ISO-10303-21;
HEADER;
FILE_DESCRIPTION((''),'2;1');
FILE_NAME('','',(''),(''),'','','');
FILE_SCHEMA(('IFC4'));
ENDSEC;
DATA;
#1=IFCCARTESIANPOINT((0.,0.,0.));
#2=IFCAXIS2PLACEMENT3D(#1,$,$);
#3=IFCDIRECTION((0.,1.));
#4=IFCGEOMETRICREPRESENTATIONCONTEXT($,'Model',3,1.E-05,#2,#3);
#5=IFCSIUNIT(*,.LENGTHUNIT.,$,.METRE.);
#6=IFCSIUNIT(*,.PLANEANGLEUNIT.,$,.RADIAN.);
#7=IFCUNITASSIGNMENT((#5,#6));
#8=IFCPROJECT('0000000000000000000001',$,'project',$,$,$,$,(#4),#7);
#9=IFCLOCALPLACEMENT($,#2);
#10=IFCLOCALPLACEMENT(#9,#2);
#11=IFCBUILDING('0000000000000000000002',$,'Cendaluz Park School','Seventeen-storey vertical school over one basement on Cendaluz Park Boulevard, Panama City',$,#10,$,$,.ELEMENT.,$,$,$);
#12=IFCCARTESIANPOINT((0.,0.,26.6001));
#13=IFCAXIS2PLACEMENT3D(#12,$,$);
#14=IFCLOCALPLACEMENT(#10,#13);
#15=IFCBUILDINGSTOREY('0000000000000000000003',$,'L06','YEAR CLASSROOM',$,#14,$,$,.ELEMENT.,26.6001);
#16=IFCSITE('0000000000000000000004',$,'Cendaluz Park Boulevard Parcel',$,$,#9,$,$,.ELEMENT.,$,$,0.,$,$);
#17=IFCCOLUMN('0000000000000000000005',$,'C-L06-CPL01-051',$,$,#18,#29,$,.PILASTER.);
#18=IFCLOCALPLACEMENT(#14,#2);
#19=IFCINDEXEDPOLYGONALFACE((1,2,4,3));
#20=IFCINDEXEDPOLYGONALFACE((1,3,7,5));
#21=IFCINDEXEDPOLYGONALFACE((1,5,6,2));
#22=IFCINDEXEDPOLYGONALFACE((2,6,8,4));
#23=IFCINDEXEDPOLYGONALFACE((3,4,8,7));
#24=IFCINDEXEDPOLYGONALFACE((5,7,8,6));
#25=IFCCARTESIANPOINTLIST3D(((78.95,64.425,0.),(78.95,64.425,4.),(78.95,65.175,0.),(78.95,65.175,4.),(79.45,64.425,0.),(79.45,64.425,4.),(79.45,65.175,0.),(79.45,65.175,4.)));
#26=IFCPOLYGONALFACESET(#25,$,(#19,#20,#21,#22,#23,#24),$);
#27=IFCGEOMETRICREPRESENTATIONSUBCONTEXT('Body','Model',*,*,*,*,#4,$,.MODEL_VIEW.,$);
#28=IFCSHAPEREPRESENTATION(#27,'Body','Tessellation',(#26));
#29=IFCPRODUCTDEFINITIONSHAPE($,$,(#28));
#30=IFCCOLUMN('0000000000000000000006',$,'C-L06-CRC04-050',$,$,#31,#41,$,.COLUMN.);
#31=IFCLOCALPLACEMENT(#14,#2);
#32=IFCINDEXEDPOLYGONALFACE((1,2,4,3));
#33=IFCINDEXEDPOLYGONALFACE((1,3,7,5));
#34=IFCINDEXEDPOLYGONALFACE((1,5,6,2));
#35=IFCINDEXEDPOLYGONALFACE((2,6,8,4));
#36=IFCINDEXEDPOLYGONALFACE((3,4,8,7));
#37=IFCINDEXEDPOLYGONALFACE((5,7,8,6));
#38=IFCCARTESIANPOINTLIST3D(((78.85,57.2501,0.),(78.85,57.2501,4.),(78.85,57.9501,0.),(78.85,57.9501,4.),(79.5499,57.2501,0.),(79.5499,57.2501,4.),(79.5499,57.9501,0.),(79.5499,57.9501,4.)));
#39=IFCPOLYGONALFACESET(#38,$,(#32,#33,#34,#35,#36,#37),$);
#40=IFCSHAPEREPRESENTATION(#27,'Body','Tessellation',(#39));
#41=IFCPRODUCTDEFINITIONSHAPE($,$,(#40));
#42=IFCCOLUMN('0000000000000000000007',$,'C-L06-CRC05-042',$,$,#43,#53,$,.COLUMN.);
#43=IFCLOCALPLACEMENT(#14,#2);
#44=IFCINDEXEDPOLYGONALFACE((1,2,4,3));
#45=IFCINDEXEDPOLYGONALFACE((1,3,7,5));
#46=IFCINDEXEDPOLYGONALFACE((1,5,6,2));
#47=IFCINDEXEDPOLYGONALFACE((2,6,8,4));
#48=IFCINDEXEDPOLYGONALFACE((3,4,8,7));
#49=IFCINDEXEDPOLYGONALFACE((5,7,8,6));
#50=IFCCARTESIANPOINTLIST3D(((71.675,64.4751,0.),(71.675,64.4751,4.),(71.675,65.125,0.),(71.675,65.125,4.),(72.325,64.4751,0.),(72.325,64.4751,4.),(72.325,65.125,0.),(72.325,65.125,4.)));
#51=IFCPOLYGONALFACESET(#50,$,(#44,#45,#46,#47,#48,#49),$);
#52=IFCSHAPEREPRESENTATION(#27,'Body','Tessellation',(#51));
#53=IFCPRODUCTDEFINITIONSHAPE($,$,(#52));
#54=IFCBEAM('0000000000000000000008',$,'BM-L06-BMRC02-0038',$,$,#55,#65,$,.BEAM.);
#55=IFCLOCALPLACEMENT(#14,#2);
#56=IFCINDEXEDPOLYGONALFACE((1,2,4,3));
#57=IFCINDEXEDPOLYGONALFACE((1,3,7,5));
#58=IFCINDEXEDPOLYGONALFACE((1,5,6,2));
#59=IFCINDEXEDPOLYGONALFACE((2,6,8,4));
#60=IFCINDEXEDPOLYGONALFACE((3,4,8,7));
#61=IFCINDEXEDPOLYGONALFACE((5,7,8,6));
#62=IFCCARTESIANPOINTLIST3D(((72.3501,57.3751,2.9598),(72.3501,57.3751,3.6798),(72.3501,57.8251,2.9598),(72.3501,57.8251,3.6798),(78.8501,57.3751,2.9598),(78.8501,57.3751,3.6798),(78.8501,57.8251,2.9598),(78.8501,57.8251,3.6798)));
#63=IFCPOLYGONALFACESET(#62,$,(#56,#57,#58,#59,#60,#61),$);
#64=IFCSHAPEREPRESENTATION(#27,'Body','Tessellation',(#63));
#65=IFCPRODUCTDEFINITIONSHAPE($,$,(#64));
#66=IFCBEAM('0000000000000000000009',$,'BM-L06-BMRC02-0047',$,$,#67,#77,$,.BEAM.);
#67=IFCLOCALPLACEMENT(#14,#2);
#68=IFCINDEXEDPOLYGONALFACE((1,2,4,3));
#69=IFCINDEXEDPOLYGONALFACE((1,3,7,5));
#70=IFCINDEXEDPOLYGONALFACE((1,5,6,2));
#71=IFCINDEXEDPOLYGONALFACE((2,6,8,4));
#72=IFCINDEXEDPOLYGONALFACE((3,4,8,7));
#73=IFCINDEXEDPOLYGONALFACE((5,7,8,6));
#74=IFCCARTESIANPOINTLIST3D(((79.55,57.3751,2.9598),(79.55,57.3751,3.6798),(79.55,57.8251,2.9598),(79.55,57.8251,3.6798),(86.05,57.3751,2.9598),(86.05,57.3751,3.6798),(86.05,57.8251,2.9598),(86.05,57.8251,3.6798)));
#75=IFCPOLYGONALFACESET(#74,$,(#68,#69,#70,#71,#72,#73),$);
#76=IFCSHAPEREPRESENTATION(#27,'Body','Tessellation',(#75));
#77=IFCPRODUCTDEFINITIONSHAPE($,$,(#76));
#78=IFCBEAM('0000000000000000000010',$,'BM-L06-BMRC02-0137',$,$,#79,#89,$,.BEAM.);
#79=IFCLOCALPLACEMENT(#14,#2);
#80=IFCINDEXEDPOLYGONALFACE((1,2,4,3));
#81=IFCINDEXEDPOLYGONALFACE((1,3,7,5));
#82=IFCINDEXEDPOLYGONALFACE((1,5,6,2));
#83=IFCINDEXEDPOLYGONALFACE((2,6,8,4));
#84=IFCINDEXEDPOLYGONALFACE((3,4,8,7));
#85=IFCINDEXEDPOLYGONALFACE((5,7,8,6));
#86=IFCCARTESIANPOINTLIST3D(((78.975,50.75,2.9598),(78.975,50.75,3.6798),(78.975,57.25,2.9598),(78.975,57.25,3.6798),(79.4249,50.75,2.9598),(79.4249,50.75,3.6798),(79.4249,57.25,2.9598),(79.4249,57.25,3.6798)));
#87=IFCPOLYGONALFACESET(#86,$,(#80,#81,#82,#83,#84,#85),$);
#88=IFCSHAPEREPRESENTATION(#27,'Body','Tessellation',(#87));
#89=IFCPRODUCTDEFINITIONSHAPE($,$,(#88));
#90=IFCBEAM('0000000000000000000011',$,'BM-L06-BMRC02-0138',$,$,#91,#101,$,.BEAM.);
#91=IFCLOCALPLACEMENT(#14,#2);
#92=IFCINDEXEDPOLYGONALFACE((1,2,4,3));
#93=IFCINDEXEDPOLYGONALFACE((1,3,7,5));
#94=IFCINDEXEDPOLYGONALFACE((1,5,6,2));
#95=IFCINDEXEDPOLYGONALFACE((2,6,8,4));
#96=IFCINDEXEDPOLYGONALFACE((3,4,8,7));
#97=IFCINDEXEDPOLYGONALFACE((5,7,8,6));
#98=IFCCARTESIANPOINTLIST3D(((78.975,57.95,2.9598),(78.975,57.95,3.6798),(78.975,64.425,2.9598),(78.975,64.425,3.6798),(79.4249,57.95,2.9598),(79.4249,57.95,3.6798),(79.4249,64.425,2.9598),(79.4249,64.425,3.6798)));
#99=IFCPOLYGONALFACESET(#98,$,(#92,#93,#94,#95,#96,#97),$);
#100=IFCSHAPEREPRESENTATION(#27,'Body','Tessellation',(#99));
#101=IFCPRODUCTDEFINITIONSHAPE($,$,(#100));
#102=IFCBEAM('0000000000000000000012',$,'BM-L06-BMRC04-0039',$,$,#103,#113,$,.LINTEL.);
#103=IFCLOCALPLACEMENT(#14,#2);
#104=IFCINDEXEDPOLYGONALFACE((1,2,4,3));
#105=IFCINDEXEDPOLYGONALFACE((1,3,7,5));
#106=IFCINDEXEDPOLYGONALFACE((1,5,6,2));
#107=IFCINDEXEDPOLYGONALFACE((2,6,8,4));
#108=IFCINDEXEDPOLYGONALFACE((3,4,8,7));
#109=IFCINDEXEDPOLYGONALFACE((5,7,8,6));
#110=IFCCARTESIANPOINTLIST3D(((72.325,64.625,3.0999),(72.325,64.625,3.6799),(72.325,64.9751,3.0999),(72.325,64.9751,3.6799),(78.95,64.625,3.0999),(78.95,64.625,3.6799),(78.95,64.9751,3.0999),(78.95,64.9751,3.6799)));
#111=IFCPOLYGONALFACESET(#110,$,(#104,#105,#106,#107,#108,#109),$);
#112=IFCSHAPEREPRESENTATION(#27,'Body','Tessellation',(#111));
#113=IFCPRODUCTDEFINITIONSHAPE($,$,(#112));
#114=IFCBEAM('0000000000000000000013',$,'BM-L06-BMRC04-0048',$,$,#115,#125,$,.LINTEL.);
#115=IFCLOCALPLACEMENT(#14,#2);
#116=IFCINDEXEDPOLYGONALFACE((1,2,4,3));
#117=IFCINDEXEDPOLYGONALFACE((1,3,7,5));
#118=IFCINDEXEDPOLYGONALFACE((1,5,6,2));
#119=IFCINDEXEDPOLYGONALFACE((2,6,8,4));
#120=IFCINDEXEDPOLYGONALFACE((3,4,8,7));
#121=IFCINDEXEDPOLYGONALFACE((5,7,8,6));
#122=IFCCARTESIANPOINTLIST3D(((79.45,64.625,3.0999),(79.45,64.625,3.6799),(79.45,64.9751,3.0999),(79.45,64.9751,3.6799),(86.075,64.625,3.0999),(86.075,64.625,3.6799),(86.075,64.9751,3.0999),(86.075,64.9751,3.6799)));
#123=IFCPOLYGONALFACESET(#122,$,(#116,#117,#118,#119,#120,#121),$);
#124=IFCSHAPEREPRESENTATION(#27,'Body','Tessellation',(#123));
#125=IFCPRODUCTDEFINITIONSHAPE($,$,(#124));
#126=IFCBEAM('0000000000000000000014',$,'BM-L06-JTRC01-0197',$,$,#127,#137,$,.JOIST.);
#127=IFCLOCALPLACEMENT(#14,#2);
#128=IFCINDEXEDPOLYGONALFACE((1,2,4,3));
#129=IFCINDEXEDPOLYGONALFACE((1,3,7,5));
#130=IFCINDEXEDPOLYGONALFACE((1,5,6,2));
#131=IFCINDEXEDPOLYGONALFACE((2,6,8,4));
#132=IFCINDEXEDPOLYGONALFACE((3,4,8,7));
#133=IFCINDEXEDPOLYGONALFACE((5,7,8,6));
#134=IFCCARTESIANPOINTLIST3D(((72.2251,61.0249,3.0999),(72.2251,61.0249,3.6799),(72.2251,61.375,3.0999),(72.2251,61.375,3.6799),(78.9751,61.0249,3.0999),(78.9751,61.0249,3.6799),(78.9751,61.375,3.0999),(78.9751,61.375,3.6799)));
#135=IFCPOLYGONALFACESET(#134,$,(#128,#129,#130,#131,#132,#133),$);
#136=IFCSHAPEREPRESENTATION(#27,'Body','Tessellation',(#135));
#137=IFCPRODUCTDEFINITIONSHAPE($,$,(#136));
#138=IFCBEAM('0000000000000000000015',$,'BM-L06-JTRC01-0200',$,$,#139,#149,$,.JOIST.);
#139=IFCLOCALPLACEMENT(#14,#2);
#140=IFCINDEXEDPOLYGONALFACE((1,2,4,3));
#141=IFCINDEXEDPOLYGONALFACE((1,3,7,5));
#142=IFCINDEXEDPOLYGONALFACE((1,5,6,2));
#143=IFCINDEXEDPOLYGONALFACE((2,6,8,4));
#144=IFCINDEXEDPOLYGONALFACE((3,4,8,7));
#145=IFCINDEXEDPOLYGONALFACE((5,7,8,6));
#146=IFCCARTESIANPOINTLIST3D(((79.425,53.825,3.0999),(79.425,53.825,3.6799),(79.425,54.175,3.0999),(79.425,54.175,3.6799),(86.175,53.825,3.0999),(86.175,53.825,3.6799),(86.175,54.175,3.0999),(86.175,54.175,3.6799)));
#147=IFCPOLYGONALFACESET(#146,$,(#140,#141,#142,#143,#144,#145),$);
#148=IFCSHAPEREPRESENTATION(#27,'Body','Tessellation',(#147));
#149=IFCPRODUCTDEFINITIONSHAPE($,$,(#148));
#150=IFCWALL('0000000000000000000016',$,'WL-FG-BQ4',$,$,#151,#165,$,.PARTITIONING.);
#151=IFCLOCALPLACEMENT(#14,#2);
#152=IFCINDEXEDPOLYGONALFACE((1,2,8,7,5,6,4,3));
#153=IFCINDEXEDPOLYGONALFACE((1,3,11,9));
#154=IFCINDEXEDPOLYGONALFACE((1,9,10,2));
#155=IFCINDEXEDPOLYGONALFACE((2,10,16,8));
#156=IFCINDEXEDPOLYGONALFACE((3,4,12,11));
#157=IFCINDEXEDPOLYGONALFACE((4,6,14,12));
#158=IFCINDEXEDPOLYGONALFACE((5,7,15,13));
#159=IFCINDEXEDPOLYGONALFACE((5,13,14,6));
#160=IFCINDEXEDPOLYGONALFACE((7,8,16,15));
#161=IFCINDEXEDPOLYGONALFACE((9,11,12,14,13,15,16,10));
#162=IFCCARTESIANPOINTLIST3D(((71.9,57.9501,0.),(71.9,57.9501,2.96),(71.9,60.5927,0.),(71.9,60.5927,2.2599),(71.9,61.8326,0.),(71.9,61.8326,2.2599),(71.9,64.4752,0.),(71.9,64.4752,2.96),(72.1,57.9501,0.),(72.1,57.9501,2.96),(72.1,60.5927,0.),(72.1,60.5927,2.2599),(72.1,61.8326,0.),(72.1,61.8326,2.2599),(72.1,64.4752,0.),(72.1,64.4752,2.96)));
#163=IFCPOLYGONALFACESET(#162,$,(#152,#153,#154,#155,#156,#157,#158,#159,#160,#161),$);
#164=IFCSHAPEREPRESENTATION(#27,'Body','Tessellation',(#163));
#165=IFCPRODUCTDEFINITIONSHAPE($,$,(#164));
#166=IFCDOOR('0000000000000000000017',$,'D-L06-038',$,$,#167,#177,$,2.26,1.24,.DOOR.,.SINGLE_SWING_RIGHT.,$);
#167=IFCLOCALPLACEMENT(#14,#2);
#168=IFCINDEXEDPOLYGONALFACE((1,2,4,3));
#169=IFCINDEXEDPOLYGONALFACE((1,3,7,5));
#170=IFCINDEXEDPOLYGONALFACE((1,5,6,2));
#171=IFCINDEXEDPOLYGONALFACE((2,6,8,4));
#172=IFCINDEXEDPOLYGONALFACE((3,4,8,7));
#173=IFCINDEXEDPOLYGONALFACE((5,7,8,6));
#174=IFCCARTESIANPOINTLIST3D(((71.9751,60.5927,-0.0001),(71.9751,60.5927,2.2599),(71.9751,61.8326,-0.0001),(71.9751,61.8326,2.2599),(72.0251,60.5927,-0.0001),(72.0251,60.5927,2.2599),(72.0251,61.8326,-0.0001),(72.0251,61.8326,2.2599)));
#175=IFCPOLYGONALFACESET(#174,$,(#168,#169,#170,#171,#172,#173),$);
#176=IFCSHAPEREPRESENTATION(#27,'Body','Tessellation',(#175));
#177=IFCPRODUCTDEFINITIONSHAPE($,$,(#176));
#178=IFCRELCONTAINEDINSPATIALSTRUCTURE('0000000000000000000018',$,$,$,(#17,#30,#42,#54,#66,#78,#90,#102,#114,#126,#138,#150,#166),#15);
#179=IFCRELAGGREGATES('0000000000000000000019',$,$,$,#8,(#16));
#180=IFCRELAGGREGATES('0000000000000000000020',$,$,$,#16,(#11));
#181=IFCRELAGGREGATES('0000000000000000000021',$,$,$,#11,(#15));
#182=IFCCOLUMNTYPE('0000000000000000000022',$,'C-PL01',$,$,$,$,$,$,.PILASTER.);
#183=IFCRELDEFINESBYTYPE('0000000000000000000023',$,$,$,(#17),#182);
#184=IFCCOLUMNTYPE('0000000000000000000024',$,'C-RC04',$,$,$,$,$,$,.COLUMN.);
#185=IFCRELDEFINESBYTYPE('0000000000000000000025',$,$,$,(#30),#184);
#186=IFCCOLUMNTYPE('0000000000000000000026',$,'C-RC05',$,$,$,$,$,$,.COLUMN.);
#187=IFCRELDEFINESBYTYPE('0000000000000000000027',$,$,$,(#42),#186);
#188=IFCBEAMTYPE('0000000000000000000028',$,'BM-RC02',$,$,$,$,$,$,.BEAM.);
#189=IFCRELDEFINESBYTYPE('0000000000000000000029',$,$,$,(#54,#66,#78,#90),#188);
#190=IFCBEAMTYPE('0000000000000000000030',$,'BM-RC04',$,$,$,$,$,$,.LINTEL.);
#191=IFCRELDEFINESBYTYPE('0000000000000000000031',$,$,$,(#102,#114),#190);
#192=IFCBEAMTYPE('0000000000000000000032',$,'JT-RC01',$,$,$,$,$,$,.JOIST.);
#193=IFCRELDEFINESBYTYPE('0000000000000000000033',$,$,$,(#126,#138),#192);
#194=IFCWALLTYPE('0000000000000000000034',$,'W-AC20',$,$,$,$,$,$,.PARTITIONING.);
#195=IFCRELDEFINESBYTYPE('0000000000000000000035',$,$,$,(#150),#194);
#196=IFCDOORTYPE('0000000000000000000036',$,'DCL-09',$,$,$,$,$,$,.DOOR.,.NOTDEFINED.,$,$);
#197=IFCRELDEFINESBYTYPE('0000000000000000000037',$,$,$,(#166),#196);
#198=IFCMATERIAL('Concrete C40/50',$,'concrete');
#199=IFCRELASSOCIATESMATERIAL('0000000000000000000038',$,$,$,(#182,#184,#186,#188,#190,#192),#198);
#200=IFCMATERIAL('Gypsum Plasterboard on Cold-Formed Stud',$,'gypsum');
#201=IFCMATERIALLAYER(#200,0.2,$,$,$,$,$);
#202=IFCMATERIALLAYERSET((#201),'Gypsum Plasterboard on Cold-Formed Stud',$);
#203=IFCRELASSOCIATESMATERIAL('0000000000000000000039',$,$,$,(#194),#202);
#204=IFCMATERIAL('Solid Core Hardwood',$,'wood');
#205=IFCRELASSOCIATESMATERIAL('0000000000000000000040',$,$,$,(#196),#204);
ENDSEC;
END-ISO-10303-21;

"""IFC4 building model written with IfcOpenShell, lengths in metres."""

from ifc_helpers import new_model, si_unit, direction, frame, frame_2d, origin, origin_2d, place, context, subcontext, project, spatial, rectangle, extrude, material, layer, layer_set, material_profile, profile_set, type_object, element, fill, save


model = new_model("IFC4")

# Units and contexts
model_context = context("Model", 3, precision=1e-05, world=origin(), true_north=direction((0.0, 1.0)))
body_context = subcontext(model_context, "Body", "Model", "MODEL_VIEW")
ifc_project = project(units=[si_unit("LENGTHUNIT", "METRE"), si_unit("PLANEANGLEUNIT", "RADIAN")], contexts=[model_context])

# Site, building, storey
site_placement = place(None, origin())
site = spatial("IfcSite", under=ifc_project, at=site_placement, Name="Cendaluz Park Boulevard Parcel", CompositionType="ELEMENT", RefElevation=0.0)
building_placement = place(site_placement, origin())
building = spatial("IfcBuilding", under=site, at=building_placement, Name="Cendaluz Park School", Description="Seventeen-storey vertical school over one basement on Cendaluz Park Boulevard, Panama City", CompositionType="ELEMENT")
storey_placement = place(building_placement, frame((0.0, 0.0, 26.6001)))
storey = spatial("IfcBuildingStorey", under=building, at=storey_placement, Name="L06", Description="YEAR CLASSROOM", CompositionType="ELEMENT", Elevation=26.6001)

# Columns
ifc_material_1 = material(Name="Concrete C40/50", Category="concrete")
ifc_material_profile_1 = material_profile(ifc_material_1, rectangle(XDim=0.5, YDim=0.75, at=origin_2d()), Name="RC 500x750", Category="concrete")
ifc_profile_set_1 = profile_set([ifc_material_profile_1], Name="Concrete C40/50")
column_type_1 = type_object("IfcColumnType", Name="C-PL01", PredefinedType="PILASTER", material=ifc_profile_set_1)
column_1_placement = place(storey_placement, frame((79.2, 64.8, 0.0), z_axis=(0.0, 0.0, 1.0), x_axis=(1.0, 0.0, 0.0)))
element("IfcColumn", 1, at=column_1_placement, inside=storey, type_object=column_type_1, Name="C-L06-CPL01-051", PredefinedType="PILASTER", context=body_context, shape_type="SweptSolid", body=[
    extrude(rectangle(XDim=0.5, YDim=0.75, at=origin_2d()), origin(), (0.0, 0.0, 1.0), 4.0),
])
ifc_material_profile_2 = material_profile(ifc_material_1, rectangle(XDim=0.7, YDim=0.7, at=origin_2d()), Name="RC 700x700", Category="concrete")
ifc_profile_set_2 = profile_set([ifc_material_profile_2], Name="Concrete C40/50")
column_type_2 = type_object("IfcColumnType", Name="C-RC04", PredefinedType="COLUMN", material=ifc_profile_set_2)
column_2_placement = place(storey_placement, frame((79.2, 57.6001, 0.0), z_axis=(0.0, 0.0, 1.0), x_axis=(1.0, 0.0, 0.0)))
element("IfcColumn", 2, at=column_2_placement, inside=storey, type_object=column_type_2, Name="C-L06-CRC04-050", PredefinedType="COLUMN", context=body_context, shape_type="SweptSolid", body=[
    extrude(rectangle(XDim=0.7, YDim=0.7, at=origin_2d()), origin(), (0.0, 0.0, 1.0), 4.0),
])
ifc_material_profile_3 = material_profile(ifc_material_1, rectangle(XDim=0.6499, YDim=0.6499, at=origin_2d()), Name="RC 650x650", Category="concrete")
ifc_profile_set_3 = profile_set([ifc_material_profile_3], Name="Concrete C40/50")
column_type_3 = type_object("IfcColumnType", Name="C-RC05", PredefinedType="COLUMN", material=ifc_profile_set_3)
column_3_placement = place(storey_placement, frame((72.0, 64.8, 0.0), z_axis=(0.0, 0.0, 1.0), x_axis=(1.0, 0.0, 0.0)))
element("IfcColumn", 3, at=column_3_placement, inside=storey, type_object=column_type_3, Name="C-L06-CRC05-042", PredefinedType="COLUMN", context=body_context, shape_type="SweptSolid", body=[
    extrude(rectangle(XDim=0.6499, YDim=0.6499, at=origin_2d()), origin(), (0.0, 0.0, 1.0), 4.0),
])

# Beams
ifc_material_profile_4 = material_profile(ifc_material_1, rectangle(XDim=0.45, YDim=0.72, at=origin_2d()), Name="RC 450x720", Category="concrete")
ifc_profile_set_4 = profile_set([ifc_material_profile_4], Name="Concrete C40/50")
beam_type_1 = type_object("IfcBeamType", Name="BM-RC02", PredefinedType="BEAM", material=ifc_profile_set_4)
for number, where, z_axis, x_axis, name in (
    (4, (72.3501, 57.6001, 3.3198), (1.0, 0.0, 0.0), (0.0, 1.0, 0.0), "BM-L06-BMRC02-0038"),
    (5, (79.55, 57.6001, 3.3198), (1.0, 0.0, 0.0), (0.0, 1.0, 0.0), "BM-L06-BMRC02-0047"),
    (6, (79.2, 50.75, 3.3198), (0.0, 1.0, 0.0), (-1.0, 0.0, 0.0), "BM-L06-BMRC02-0137"),
):
    element("IfcBeam", number, at=place(storey_placement, frame(where, z_axis=z_axis, x_axis=x_axis)), inside=storey, type_object=beam_type_1, Name=name, PredefinedType="BEAM", context=body_context, shape_type="SweptSolid", body=[
        extrude(rectangle(XDim=0.45, YDim=0.72, at=origin_2d()), origin(), (0.0, 0.0, 1.0), 6.5),
    ])
beam_placement = place(storey_placement, frame((79.2, 57.95, 3.3198), z_axis=(0.0, 1.0, 0.0), x_axis=(-1.0, 0.0, 0.0)))
element("IfcBeam", 7, at=beam_placement, inside=storey, type_object=beam_type_1, Name="BM-L06-BMRC02-0138", PredefinedType="BEAM", context=body_context, shape_type="SweptSolid", body=[
    extrude(rectangle(XDim=0.45, YDim=0.72, at=origin_2d()), origin(), (0.0, 0.0, 1.0), 6.4751),
])
ifc_material_profile_5 = material_profile(ifc_material_1, rectangle(XDim=0.3501, YDim=0.5801, at=origin_2d()), Name="RC 350x580", Category="concrete")
ifc_profile_set_5 = profile_set([ifc_material_profile_5], Name="Concrete C40/50")
beam_type_2 = type_object("IfcBeamType", Name="BM-RC04", PredefinedType="LINTEL", material=ifc_profile_set_5)
for number, where, z_axis, x_axis, name in (
    (8, (72.325, 64.8, 3.3899), (1.0, 0.0, 0.0), (0.0, 1.0, 0.0), "BM-L06-BMRC04-0039"),
    (9, (79.45, 64.8, 3.3899), (1.0, 0.0, 0.0), (0.0, 1.0, 0.0), "BM-L06-BMRC04-0048"),
):
    element("IfcBeam", number, at=place(storey_placement, frame(where, z_axis=z_axis, x_axis=x_axis)), inside=storey, type_object=beam_type_2, Name=name, PredefinedType="LINTEL", context=body_context, shape_type="SweptSolid", body=[
        extrude(rectangle(XDim=0.3501, YDim=0.5801, at=origin_2d()), origin(), (0.0, 0.0, 1.0), 6.625),
    ])
ifc_material_profile_6 = material_profile(ifc_material_1, rectangle(XDim=0.3501, YDim=0.5801, at=origin_2d()), Name="RC 350x580", Category="concrete")
ifc_profile_set_6 = profile_set([ifc_material_profile_6], Name="Concrete C40/50")
beam_type_3 = type_object("IfcBeamType", Name="JT-RC01", PredefinedType="JOIST", material=ifc_profile_set_6)
for number, where, z_axis, x_axis, name in (
    (10, (72.2251, 61.2, 3.3899), (1.0, 0.0, 0.0), (0.0, 1.0, 0.0), "BM-L06-JTRC01-0197"),
    (11, (79.425, 54.0, 3.3899), (1.0, 0.0, 0.0), (0.0, 1.0, 0.0), "BM-L06-JTRC01-0200"),
):
    element("IfcBeam", number, at=place(storey_placement, frame(where, z_axis=z_axis, x_axis=x_axis)), inside=storey, type_object=beam_type_3, Name=name, PredefinedType="JOIST", context=body_context, shape_type="SweptSolid", body=[
        extrude(rectangle(XDim=0.3501, YDim=0.5801, at=origin_2d()), origin(), (0.0, 0.0, 1.0), 6.75),
    ])

# Wall, opening, door
ifc_material_2 = material(Name="Gypsum Plasterboard on Cold-Formed Stud", Category="gypsum")
ifc_layer_1 = layer(ifc_material_2, 0.2)
ifc_layer_set_1 = layer_set([ifc_layer_1], Name="Gypsum Plasterboard on Cold-Formed Stud")
wall_type_1 = type_object("IfcWallType", Name="W-AC20", PredefinedType="PARTITIONING", material=ifc_layer_set_1)
wall_1_placement = place(storey_placement, frame((72.0, 57.95, 0.0), z_axis=(0.0, 0.0, 1.0), x_axis=(0.0, 1.0, 0.0)))
wall_1 = element("IfcWall", 12, at=wall_1_placement, inside=storey, type_object=wall_type_1, Name="WL-FG-BQ4", PredefinedType="PARTITIONING", context=body_context, shape_type="SweptSolid", body=[
    extrude(rectangle(XDim=6.5251, YDim=0.2, at=frame_2d((3.2627, 0.0))), origin(), (0.0, 0.0, 1.0), 2.96),
])
opening_1_placement = place(wall_1_placement, frame((2.6426, 0.0, 0.0)))
opening_1 = element("IfcOpeningElement", 13, at=opening_1_placement, cuts=wall_1, PredefinedType="OPENING", context=body_context, shape_type="SweptSolid", body=[
    extrude(rectangle(XDim=1.24, YDim=2.26, at=frame_2d((0.6201, 1.1299))), frame((0.0, 0.1121, 0.0), z_axis=(0.0, -1.0, 0.0), x_axis=(1.0, 0.0, 0.0)), (0.0, 0.0, 1.0), 0.2239),
])
ifc_material_3 = material(Name="Solid Core Hardwood", Category="wood")
door_type_1 = type_object("IfcDoorType", Name="DCL-09", OperationType="NOTDEFINED", PredefinedType="DOOR", material=ifc_material_3)
door_1_placement = place(opening_1_placement, origin())
door_1 = element("IfcDoor", 14, at=door_1_placement, inside=storey, type_object=door_type_1, Name="D-L06-038", OperationType="SINGLE_SWING_RIGHT", OverallHeight=2.26, OverallWidth=1.24, PredefinedType="DOOR", context=body_context, shape_type="SweptSolid", body=[
    extrude(rectangle(XDim=1.24, YDim=2.26, at=frame_2d((0.6201, 1.1299))), frame((0.0, 0.0249, 0.0), z_axis=(0.0, -1.0, 0.0), x_axis=(1.0, 0.0, 0.0)), (0.0, 0.0, 1.0), 0.05),
])
fill(opening_1, door_1)

save(model, "model.ifc")
